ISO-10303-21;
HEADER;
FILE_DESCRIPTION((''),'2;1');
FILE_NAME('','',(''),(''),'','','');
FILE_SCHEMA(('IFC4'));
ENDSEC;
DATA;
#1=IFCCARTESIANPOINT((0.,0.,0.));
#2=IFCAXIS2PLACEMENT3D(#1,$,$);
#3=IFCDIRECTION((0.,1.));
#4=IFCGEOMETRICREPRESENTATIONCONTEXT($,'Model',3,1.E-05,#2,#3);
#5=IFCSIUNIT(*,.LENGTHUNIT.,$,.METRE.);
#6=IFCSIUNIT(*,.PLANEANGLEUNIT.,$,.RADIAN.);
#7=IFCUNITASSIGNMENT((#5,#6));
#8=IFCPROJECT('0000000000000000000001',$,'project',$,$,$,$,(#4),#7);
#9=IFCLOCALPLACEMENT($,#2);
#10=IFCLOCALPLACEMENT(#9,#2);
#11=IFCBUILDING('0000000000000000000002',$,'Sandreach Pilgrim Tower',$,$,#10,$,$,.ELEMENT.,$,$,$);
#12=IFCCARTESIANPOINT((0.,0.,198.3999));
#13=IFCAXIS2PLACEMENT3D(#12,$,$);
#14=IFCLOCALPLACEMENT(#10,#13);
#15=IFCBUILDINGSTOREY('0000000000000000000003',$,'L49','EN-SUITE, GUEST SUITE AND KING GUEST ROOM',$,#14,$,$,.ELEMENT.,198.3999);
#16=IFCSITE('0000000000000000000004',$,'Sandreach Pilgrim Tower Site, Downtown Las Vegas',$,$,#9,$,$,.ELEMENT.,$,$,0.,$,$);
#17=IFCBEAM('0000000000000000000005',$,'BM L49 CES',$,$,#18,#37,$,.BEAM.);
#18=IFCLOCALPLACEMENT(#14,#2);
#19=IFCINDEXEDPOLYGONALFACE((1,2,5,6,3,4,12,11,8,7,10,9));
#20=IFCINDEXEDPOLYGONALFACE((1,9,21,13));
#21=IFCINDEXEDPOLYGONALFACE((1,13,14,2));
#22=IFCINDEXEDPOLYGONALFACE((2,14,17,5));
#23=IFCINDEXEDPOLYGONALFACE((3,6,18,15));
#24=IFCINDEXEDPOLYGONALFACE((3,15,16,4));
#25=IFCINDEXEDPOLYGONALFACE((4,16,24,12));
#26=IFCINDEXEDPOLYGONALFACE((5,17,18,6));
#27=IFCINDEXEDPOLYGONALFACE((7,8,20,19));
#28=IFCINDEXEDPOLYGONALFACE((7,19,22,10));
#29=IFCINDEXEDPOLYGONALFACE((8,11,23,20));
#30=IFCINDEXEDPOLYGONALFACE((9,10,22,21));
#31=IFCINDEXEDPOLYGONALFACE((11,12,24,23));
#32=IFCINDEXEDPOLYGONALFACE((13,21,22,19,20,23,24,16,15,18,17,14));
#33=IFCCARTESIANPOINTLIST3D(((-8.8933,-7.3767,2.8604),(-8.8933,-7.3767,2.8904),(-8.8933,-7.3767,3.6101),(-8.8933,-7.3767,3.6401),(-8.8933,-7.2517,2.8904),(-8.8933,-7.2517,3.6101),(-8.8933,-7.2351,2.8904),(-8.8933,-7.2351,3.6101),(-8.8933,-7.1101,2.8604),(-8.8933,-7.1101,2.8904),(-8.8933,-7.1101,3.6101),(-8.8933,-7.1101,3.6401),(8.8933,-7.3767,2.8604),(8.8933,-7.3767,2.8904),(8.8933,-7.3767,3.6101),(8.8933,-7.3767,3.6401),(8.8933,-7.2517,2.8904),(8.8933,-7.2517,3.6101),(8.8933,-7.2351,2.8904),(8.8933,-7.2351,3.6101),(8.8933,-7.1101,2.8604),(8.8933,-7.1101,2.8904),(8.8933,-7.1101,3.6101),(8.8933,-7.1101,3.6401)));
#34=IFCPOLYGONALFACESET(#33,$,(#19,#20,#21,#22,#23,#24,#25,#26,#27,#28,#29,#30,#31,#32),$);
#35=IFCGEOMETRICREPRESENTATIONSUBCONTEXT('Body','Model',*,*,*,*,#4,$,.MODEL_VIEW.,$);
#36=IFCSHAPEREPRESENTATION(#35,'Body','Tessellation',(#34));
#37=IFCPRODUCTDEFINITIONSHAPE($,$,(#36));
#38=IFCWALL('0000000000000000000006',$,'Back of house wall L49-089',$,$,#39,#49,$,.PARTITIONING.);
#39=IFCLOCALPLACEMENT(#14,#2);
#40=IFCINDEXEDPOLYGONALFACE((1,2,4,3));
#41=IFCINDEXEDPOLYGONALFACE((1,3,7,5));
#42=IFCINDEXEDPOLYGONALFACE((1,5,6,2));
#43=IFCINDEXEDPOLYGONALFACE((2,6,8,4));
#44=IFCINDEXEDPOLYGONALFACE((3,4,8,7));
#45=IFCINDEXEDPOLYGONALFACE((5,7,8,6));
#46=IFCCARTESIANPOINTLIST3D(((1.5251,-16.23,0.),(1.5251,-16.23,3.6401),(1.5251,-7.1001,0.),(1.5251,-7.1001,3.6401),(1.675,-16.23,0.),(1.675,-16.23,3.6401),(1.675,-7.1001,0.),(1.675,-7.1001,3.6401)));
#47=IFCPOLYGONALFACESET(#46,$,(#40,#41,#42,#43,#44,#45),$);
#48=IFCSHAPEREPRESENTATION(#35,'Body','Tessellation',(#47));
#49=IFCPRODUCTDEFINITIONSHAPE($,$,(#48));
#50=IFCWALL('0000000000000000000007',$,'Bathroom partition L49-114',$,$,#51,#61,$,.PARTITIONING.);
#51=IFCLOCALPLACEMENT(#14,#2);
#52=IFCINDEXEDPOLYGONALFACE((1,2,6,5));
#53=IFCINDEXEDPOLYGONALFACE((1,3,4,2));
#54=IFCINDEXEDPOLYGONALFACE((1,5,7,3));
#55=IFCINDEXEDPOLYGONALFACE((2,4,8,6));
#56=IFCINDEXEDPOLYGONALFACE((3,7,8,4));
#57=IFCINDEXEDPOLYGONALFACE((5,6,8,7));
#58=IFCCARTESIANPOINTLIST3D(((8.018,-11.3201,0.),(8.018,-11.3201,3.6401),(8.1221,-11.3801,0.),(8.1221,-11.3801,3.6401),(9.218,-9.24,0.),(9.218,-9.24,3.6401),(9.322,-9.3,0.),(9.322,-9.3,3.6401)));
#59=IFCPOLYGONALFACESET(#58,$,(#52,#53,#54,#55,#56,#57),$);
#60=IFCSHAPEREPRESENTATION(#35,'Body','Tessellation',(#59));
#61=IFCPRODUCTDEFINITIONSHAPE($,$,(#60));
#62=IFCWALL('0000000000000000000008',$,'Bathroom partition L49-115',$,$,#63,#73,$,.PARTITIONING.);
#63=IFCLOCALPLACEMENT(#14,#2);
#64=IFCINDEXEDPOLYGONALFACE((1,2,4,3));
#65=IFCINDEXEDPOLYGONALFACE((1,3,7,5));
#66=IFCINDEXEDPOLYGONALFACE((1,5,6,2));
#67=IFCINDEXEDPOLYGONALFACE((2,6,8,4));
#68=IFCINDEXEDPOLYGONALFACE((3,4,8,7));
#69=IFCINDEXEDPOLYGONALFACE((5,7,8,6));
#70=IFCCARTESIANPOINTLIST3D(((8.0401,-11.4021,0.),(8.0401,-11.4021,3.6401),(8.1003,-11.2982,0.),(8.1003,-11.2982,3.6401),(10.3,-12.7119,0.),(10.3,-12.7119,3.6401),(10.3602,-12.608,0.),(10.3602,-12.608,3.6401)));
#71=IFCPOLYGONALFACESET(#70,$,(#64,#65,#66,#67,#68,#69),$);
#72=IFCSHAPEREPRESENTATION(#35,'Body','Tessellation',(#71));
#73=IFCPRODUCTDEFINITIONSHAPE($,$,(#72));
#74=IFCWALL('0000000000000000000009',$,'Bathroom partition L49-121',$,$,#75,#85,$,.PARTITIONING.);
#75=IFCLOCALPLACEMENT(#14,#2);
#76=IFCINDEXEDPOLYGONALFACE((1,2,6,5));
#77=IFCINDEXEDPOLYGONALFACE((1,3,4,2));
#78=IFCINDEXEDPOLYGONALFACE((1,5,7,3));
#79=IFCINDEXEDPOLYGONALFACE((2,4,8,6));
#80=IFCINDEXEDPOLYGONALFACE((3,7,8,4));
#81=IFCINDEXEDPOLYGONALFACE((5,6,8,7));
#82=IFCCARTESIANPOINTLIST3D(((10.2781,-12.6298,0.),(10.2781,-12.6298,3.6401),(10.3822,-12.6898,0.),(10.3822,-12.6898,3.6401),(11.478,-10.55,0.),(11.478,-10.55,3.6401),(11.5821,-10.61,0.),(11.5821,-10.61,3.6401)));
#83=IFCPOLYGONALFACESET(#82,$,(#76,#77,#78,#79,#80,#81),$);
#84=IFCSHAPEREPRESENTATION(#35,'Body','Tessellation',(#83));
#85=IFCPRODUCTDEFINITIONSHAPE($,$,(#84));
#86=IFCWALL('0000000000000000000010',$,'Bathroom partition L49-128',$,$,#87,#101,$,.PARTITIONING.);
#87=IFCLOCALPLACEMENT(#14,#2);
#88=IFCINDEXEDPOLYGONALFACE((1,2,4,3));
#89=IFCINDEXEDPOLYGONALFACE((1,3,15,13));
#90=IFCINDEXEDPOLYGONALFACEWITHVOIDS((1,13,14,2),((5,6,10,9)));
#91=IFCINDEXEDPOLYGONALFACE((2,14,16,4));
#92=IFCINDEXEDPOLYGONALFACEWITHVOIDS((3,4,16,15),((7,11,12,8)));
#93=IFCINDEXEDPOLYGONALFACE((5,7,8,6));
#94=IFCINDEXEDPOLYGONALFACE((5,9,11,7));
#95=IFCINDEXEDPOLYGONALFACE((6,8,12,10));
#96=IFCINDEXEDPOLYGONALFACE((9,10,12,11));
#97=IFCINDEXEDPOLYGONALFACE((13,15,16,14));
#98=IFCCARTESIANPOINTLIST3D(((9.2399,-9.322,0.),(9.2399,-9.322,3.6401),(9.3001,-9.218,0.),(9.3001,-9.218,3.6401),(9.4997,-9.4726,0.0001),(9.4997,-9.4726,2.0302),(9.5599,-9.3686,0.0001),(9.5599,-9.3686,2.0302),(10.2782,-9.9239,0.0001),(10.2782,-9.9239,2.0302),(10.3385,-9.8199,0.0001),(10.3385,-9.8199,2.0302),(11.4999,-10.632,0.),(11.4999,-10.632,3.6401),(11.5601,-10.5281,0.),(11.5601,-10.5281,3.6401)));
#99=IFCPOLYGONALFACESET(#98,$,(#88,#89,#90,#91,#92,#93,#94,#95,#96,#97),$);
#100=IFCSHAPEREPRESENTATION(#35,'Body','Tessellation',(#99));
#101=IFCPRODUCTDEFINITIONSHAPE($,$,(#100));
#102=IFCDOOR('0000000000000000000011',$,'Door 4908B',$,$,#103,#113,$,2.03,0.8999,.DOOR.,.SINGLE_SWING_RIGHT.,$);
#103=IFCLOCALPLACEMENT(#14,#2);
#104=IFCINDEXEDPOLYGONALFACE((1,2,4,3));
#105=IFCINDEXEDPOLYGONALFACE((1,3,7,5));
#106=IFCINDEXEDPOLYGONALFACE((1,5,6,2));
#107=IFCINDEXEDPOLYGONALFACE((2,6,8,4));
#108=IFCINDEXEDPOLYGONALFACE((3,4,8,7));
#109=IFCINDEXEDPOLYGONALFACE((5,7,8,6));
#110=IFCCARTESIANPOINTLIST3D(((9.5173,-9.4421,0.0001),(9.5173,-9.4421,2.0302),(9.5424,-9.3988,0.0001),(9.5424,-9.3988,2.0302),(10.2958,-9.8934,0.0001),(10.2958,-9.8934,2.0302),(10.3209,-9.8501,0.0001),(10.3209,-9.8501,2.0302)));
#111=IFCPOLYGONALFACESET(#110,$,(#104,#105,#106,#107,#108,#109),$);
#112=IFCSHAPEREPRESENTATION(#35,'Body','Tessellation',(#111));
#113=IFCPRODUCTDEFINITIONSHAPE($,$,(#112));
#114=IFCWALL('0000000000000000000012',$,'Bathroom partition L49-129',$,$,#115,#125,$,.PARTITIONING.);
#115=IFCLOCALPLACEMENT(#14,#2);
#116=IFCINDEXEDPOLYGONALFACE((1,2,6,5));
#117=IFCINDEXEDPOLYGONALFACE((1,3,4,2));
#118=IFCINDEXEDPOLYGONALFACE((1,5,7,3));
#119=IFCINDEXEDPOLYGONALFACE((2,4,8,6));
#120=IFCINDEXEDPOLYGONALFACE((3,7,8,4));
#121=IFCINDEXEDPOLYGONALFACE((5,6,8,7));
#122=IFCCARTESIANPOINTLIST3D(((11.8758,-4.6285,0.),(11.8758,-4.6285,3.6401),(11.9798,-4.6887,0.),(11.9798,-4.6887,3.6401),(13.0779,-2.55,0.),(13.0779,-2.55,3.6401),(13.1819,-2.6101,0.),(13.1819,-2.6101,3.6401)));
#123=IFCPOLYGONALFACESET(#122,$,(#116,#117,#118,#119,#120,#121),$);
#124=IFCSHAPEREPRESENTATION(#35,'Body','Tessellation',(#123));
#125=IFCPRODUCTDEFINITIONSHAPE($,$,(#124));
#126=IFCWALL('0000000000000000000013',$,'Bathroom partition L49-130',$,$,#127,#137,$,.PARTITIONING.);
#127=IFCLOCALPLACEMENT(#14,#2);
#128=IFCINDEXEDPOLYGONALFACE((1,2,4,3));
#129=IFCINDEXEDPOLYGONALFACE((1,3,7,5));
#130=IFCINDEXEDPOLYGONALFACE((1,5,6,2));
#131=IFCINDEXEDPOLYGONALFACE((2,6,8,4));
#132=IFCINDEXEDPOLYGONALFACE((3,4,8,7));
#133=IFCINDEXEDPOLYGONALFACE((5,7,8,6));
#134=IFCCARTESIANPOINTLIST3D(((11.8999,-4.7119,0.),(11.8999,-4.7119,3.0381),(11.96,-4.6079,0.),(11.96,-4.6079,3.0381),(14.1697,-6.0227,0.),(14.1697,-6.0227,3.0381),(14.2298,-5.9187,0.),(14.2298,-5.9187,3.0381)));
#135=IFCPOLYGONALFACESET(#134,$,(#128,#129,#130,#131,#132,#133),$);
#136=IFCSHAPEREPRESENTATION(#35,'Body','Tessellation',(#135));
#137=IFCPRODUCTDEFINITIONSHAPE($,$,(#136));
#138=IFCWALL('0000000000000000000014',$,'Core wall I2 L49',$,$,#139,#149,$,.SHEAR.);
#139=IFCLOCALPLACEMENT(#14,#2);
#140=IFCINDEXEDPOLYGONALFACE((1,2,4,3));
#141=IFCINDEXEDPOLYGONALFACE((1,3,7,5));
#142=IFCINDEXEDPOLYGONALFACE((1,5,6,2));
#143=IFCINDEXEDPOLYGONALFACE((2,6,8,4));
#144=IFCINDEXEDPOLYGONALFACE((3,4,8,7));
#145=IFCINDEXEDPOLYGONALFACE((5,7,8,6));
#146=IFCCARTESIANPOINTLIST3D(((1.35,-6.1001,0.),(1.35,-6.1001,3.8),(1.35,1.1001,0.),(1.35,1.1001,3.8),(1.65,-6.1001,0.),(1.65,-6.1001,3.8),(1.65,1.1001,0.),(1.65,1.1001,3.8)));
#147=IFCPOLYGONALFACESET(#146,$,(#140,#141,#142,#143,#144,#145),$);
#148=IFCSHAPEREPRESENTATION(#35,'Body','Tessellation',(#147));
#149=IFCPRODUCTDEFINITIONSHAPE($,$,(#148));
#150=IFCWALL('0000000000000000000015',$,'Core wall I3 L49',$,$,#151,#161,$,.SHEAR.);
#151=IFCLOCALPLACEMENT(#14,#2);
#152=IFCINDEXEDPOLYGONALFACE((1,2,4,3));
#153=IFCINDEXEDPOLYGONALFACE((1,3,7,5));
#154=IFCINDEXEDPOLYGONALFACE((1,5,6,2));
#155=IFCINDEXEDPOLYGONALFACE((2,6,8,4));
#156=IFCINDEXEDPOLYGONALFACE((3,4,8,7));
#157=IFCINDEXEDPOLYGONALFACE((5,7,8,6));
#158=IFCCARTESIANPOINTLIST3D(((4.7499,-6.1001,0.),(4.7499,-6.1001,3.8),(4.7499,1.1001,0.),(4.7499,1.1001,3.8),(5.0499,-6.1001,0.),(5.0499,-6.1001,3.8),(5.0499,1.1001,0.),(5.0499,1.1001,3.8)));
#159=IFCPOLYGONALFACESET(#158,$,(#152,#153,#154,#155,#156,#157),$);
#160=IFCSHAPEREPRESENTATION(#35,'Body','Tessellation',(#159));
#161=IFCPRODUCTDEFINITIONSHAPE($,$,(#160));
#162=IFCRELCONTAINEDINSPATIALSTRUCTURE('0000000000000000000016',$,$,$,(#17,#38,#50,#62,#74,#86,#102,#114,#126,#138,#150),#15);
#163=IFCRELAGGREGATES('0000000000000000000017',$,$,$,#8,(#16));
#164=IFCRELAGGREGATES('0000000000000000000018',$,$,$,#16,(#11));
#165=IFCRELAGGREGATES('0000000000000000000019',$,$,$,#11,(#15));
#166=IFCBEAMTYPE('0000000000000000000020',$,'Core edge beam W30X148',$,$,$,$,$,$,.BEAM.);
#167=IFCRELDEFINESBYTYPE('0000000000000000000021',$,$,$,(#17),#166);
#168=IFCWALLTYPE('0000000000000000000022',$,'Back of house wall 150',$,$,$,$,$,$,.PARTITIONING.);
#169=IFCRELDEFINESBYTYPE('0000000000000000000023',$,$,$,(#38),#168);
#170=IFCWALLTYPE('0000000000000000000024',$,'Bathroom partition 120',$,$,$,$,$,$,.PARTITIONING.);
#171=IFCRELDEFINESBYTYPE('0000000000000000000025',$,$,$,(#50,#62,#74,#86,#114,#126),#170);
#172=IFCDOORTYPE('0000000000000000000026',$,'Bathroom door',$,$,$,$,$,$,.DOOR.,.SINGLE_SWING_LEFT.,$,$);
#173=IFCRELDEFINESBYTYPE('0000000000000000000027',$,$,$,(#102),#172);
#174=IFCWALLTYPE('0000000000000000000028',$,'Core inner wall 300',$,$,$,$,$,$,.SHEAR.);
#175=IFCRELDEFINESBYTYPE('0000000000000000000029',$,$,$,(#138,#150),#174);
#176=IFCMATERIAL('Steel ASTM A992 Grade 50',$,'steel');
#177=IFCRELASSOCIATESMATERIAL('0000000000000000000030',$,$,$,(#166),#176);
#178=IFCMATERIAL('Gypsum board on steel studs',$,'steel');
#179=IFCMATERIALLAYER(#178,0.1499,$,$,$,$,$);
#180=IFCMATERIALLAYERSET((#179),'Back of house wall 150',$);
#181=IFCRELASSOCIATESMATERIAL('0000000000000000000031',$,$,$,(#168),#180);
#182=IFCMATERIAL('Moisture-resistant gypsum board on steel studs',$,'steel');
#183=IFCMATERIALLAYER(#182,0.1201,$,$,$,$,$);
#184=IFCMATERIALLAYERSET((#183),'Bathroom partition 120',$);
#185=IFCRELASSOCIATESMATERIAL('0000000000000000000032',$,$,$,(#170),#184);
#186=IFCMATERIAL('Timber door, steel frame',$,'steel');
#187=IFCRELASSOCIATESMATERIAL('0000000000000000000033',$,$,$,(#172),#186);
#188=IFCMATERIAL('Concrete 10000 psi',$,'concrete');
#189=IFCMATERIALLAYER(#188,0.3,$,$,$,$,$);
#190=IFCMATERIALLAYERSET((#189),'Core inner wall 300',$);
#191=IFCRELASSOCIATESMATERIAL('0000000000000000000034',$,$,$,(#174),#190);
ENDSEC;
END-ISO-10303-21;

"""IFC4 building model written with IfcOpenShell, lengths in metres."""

from ifc_helpers import new_model, si_unit, direction, frame, frame_2d, origin, origin_2d, place, context, subcontext, project, spatial, rectangle, i_section, extrude, material, layer, layer_set, material_profile, profile_set, type_object, element, fill, save


model = new_model("IFC4")

# Units and contexts
model_context = context("Model", 3, precision=1e-05, world=origin(), true_north=direction((0.0, 1.0)))
body_context = subcontext(model_context, "Body", "Model", "MODEL_VIEW")
ifc_project = project(units=[si_unit("LENGTHUNIT", "METRE"), si_unit("PLANEANGLEUNIT", "RADIAN")], contexts=[model_context])

# Site, building, storey
site_placement = place(None, origin())
site = spatial("IfcSite", under=ifc_project, at=site_placement, Name="Sandreach Pilgrim Tower Site, Downtown Las Vegas", CompositionType="ELEMENT", RefElevation=0.0)
building_placement = place(site_placement, origin())
building = spatial("IfcBuilding", under=site, at=building_placement, Name="Sandreach Pilgrim Tower", CompositionType="ELEMENT")
storey_placement = place(building_placement, frame((0.0, 0.0, 198.3999)))
storey = spatial("IfcBuildingStorey", under=building, at=storey_placement, Name="L49", Description="EN-SUITE, GUEST SUITE AND KING GUEST ROOM", CompositionType="ELEMENT", Elevation=198.3999)

# Beam
ifc_material_1 = material(Name="Steel ASTM A992 Grade 50", Category="steel")
ifc_material_profile = material_profile(ifc_material_1, i_section(OverallWidth=0.2666, OverallDepth=0.7798, WebThickness=0.0166, FlangeThickness=0.03, at=origin_2d()), Name="W30X148")
ifc_profile_set = profile_set([ifc_material_profile], Name="Steel ASTM A992 Grade 50")
beam_type = type_object("IfcBeamType", Name="Core edge beam W30X148", PredefinedType="BEAM", material=ifc_profile_set)
beam_placement = place(storey_placement, frame((8.8933, -7.2434, 3.2502), z_axis=(-1.0, 0.0, 0.0), x_axis=(0.0, -1.0, 0.0)))
element("IfcBeam", 1, at=beam_placement, inside=storey, type_object=beam_type, Name="BM L49 CES", PredefinedType="BEAM", context=body_context, shape_type="SweptSolid", body=[
    extrude(i_section(OverallWidth=0.2666, OverallDepth=0.7798, WebThickness=0.0166, FlangeThickness=0.03, at=origin_2d()), origin(), (0.0, 0.0, 1.0), 17.7866),
])

# Walls
ifc_material_2 = material(Name="Gypsum board on steel studs", Category="steel")
ifc_layer_1 = layer(ifc_material_2, 0.1499)
ifc_layer_set_1 = layer_set([ifc_layer_1], Name="Back of house wall 150")
wall_type_1 = type_object("IfcWallType", Name="Back of house wall 150", PredefinedType="PARTITIONING", material=ifc_layer_set_1)
wall_1_placement = place(storey_placement, frame((1.6001, -7.1001, 0.0), z_axis=(0.0, 0.0, 1.0), x_axis=(0.0, -1.0, 0.0)))
element("IfcWall", 2, at=wall_1_placement, inside=storey, type_object=wall_type_1, Name="Back of house wall L49-089", PredefinedType="PARTITIONING", context=body_context, shape_type="SweptSolid", body=[
    extrude(rectangle(XDim=9.1299, YDim=0.1499, at=frame_2d((4.5649, 0.0))), origin(), (0.0, 0.0, 1.0), 3.6401),
])
ifc_material_3 = material(Name="Moisture-resistant gypsum board on steel studs", Category="steel")
ifc_layer_2 = layer(ifc_material_3, 0.1201)
ifc_layer_set_2 = layer_set([ifc_layer_2], Name="Bathroom partition 120")
wall_type_2 = type_object("IfcWallType", Name="Bathroom partition 120", PredefinedType="PARTITIONING", material=ifc_layer_set_2)
wall_2_placement = place(storey_placement, frame((8.0701, -11.3501, 0.0), z_axis=(0.0, 0.0, 1.0), x_axis=(0.499693, 0.866203, 0.0)))
element("IfcWall", 3, at=wall_2_placement, inside=storey, type_object=wall_type_2, Name="Bathroom partition L49-114", PredefinedType="PARTITIONING", context=body_context, shape_type="SweptSolid", body=[
    extrude(rectangle(XDim=2.4014, YDim=0.1201, at=frame_2d((1.2007, 0.0))), origin(), (0.0, 0.0, 1.0), 3.6401),
])
wall_3_placement = place(storey_placement, frame((8.0701, -11.3501, 0.0), z_axis=(0.0, 0.0, 1.0), x_axis=(0.865196, -0.501434, 0.0)))
element("IfcWall", 4, at=wall_3_placement, inside=storey, type_object=wall_type_2, Name="Bathroom partition L49-115", PredefinedType="PARTITIONING", context=body_context, shape_type="SweptSolid", body=[
    extrude(rectangle(XDim=2.6121, YDim=0.1201, at=frame_2d((1.3062, 0.0))), origin(), (0.0, 0.0, 1.0), 3.6401),
])
wall_4_placement = place(storey_placement, frame((10.3301, -12.6599, 0.0), z_axis=(0.0, 0.0, 1.0), x_axis=(0.499737, 0.866177, 0.0)))
element("IfcWall", 5, at=wall_4_placement, inside=storey, type_object=wall_type_2, Name="Bathroom partition L49-121", PredefinedType="PARTITIONING", context=body_context, shape_type="SweptSolid", body=[
    extrude(rectangle(XDim=2.4011, YDim=0.1201, at=frame_2d((1.2007, 0.0))), origin(), (0.0, 0.0, 1.0), 3.6401),
])

# Wall, opening, door
wall_5_placement = place(storey_placement, frame((11.53, -10.5801, 0.0), z_axis=(0.0, 0.0, 1.0), x_axis=(-0.865155, 0.501504, 0.0)))
wall_5 = element("IfcWall", 6, at=wall_5_placement, inside=storey, type_object=wall_type_2, Name="Bathroom partition L49-128", PredefinedType="PARTITIONING", context=body_context, shape_type="SweptSolid", body=[
    extrude(rectangle(XDim=2.6123, YDim=0.1201, at=frame_2d((1.3062, 0.0))), origin(), (0.0, 0.0, 1.0), 3.6401),
])
opening_1_placement = place(wall_5_placement, frame((1.4121, 0.0, 0.0)))
opening_1 = element("IfcOpeningElement", 7, at=opening_1_placement, cuts=wall_5, PredefinedType="OPENING", context=body_context, shape_type="SweptSolid", body=[
    extrude(rectangle(XDim=0.8999, YDim=2.03, at=frame_2d((0.45, 1.0151))), frame((0.0, 0.0601, 0.0), z_axis=(0.0, -1.0, 0.0), x_axis=(1.0, 0.0, 0.0)), (0.0, 0.0, 1.0), 0.1201),
])
ifc_material_4 = material(Name="Timber door, steel frame", Category="steel")
door_type_1 = type_object("IfcDoorType", Name="Bathroom door", OperationType="SINGLE_SWING_LEFT", PredefinedType="DOOR", material=ifc_material_4)
door_1_placement = place(opening_1_placement, origin())
door_1 = element("IfcDoor", 8, at=door_1_placement, inside=storey, type_object=door_type_1, Name="Door 4908B", OperationType="SINGLE_SWING_RIGHT", OverallHeight=2.03, OverallWidth=0.8999, PredefinedType="DOOR", context=body_context, shape_type="SweptSolid", body=[
    extrude(rectangle(XDim=0.8999, YDim=2.03, at=frame_2d((0.45, 1.0151))), frame((0.0, 0.0249, 0.0), z_axis=(0.0, -1.0, 0.0), x_axis=(1.0, 0.0, 0.0)), (0.0, 0.0, 1.0), 0.05),
])
fill(opening_1, door_1)

# Walls
wall_6_placement = place(storey_placement, frame((11.9277, -4.6587, 0.0), z_axis=(0.0, 0.0, 1.0), x_axis=(0.500643, 0.865654, 0.0)))
element("IfcWall", 9, at=wall_6_placement, inside=storey, type_object=wall_type_2, Name="Bathroom partition L49-129", PredefinedType="PARTITIONING", context=body_context, shape_type="SweptSolid", body=[
    extrude(rectangle(XDim=2.4011, YDim=0.1201, at=frame_2d((1.2007, 0.0))), origin(), (0.0, 0.0, 1.0), 3.6401),
])
wall_7_placement = place(storey_placement, frame((11.9299, -4.6599, 0.0), z_axis=(0.0, 0.0, 1.0), x_axis=(0.86597, -0.500096, 0.0)))
element("IfcWall", 10, at=wall_7_placement, inside=storey, type_object=wall_type_2, Name="Bathroom partition L49-130", PredefinedType="PARTITIONING", context=body_context, shape_type="SweptSolid", body=[
    extrude(rectangle(XDim=2.6211, YDim=0.1201, at=frame_2d((1.3105, 0.0))), origin(), (0.0, 0.0, 1.0), 3.0381),
])
ifc_material_5 = material(Name="Concrete 10000 psi", Category="concrete")
ifc_layer_3 = layer(ifc_material_5, 0.3)
ifc_layer_set_3 = layer_set([ifc_layer_3], Name="Core inner wall 300")
wall_type_3 = type_object("IfcWallType", Name="Core inner wall 300", PredefinedType="SHEAR", material=ifc_layer_set_3)
for number, where, z_axis, x_axis, name in (
    (11, (1.5, -6.1001, 0.0), (0.0, 0.0, 1.0), (0.0, 1.0, 0.0), "Core wall I2 L49"),
    (12, (4.8999, -6.1001, 0.0), (0.0, 0.0, 1.0), (0.0, 1.0, 0.0), "Core wall I3 L49"),
):
    element("IfcWall", number, at=place(storey_placement, frame(where, z_axis=z_axis, x_axis=x_axis)), inside=storey, type_object=wall_type_3, Name=name, PredefinedType="SHEAR", context=body_context, shape_type="SweptSolid", body=[
        extrude(rectangle(XDim=7.2002, YDim=0.3, at=frame_2d((3.6001, 0.0))), origin(), (0.0, 0.0, 1.0), 3.8),
    ])

save(model, "model.ifc")
